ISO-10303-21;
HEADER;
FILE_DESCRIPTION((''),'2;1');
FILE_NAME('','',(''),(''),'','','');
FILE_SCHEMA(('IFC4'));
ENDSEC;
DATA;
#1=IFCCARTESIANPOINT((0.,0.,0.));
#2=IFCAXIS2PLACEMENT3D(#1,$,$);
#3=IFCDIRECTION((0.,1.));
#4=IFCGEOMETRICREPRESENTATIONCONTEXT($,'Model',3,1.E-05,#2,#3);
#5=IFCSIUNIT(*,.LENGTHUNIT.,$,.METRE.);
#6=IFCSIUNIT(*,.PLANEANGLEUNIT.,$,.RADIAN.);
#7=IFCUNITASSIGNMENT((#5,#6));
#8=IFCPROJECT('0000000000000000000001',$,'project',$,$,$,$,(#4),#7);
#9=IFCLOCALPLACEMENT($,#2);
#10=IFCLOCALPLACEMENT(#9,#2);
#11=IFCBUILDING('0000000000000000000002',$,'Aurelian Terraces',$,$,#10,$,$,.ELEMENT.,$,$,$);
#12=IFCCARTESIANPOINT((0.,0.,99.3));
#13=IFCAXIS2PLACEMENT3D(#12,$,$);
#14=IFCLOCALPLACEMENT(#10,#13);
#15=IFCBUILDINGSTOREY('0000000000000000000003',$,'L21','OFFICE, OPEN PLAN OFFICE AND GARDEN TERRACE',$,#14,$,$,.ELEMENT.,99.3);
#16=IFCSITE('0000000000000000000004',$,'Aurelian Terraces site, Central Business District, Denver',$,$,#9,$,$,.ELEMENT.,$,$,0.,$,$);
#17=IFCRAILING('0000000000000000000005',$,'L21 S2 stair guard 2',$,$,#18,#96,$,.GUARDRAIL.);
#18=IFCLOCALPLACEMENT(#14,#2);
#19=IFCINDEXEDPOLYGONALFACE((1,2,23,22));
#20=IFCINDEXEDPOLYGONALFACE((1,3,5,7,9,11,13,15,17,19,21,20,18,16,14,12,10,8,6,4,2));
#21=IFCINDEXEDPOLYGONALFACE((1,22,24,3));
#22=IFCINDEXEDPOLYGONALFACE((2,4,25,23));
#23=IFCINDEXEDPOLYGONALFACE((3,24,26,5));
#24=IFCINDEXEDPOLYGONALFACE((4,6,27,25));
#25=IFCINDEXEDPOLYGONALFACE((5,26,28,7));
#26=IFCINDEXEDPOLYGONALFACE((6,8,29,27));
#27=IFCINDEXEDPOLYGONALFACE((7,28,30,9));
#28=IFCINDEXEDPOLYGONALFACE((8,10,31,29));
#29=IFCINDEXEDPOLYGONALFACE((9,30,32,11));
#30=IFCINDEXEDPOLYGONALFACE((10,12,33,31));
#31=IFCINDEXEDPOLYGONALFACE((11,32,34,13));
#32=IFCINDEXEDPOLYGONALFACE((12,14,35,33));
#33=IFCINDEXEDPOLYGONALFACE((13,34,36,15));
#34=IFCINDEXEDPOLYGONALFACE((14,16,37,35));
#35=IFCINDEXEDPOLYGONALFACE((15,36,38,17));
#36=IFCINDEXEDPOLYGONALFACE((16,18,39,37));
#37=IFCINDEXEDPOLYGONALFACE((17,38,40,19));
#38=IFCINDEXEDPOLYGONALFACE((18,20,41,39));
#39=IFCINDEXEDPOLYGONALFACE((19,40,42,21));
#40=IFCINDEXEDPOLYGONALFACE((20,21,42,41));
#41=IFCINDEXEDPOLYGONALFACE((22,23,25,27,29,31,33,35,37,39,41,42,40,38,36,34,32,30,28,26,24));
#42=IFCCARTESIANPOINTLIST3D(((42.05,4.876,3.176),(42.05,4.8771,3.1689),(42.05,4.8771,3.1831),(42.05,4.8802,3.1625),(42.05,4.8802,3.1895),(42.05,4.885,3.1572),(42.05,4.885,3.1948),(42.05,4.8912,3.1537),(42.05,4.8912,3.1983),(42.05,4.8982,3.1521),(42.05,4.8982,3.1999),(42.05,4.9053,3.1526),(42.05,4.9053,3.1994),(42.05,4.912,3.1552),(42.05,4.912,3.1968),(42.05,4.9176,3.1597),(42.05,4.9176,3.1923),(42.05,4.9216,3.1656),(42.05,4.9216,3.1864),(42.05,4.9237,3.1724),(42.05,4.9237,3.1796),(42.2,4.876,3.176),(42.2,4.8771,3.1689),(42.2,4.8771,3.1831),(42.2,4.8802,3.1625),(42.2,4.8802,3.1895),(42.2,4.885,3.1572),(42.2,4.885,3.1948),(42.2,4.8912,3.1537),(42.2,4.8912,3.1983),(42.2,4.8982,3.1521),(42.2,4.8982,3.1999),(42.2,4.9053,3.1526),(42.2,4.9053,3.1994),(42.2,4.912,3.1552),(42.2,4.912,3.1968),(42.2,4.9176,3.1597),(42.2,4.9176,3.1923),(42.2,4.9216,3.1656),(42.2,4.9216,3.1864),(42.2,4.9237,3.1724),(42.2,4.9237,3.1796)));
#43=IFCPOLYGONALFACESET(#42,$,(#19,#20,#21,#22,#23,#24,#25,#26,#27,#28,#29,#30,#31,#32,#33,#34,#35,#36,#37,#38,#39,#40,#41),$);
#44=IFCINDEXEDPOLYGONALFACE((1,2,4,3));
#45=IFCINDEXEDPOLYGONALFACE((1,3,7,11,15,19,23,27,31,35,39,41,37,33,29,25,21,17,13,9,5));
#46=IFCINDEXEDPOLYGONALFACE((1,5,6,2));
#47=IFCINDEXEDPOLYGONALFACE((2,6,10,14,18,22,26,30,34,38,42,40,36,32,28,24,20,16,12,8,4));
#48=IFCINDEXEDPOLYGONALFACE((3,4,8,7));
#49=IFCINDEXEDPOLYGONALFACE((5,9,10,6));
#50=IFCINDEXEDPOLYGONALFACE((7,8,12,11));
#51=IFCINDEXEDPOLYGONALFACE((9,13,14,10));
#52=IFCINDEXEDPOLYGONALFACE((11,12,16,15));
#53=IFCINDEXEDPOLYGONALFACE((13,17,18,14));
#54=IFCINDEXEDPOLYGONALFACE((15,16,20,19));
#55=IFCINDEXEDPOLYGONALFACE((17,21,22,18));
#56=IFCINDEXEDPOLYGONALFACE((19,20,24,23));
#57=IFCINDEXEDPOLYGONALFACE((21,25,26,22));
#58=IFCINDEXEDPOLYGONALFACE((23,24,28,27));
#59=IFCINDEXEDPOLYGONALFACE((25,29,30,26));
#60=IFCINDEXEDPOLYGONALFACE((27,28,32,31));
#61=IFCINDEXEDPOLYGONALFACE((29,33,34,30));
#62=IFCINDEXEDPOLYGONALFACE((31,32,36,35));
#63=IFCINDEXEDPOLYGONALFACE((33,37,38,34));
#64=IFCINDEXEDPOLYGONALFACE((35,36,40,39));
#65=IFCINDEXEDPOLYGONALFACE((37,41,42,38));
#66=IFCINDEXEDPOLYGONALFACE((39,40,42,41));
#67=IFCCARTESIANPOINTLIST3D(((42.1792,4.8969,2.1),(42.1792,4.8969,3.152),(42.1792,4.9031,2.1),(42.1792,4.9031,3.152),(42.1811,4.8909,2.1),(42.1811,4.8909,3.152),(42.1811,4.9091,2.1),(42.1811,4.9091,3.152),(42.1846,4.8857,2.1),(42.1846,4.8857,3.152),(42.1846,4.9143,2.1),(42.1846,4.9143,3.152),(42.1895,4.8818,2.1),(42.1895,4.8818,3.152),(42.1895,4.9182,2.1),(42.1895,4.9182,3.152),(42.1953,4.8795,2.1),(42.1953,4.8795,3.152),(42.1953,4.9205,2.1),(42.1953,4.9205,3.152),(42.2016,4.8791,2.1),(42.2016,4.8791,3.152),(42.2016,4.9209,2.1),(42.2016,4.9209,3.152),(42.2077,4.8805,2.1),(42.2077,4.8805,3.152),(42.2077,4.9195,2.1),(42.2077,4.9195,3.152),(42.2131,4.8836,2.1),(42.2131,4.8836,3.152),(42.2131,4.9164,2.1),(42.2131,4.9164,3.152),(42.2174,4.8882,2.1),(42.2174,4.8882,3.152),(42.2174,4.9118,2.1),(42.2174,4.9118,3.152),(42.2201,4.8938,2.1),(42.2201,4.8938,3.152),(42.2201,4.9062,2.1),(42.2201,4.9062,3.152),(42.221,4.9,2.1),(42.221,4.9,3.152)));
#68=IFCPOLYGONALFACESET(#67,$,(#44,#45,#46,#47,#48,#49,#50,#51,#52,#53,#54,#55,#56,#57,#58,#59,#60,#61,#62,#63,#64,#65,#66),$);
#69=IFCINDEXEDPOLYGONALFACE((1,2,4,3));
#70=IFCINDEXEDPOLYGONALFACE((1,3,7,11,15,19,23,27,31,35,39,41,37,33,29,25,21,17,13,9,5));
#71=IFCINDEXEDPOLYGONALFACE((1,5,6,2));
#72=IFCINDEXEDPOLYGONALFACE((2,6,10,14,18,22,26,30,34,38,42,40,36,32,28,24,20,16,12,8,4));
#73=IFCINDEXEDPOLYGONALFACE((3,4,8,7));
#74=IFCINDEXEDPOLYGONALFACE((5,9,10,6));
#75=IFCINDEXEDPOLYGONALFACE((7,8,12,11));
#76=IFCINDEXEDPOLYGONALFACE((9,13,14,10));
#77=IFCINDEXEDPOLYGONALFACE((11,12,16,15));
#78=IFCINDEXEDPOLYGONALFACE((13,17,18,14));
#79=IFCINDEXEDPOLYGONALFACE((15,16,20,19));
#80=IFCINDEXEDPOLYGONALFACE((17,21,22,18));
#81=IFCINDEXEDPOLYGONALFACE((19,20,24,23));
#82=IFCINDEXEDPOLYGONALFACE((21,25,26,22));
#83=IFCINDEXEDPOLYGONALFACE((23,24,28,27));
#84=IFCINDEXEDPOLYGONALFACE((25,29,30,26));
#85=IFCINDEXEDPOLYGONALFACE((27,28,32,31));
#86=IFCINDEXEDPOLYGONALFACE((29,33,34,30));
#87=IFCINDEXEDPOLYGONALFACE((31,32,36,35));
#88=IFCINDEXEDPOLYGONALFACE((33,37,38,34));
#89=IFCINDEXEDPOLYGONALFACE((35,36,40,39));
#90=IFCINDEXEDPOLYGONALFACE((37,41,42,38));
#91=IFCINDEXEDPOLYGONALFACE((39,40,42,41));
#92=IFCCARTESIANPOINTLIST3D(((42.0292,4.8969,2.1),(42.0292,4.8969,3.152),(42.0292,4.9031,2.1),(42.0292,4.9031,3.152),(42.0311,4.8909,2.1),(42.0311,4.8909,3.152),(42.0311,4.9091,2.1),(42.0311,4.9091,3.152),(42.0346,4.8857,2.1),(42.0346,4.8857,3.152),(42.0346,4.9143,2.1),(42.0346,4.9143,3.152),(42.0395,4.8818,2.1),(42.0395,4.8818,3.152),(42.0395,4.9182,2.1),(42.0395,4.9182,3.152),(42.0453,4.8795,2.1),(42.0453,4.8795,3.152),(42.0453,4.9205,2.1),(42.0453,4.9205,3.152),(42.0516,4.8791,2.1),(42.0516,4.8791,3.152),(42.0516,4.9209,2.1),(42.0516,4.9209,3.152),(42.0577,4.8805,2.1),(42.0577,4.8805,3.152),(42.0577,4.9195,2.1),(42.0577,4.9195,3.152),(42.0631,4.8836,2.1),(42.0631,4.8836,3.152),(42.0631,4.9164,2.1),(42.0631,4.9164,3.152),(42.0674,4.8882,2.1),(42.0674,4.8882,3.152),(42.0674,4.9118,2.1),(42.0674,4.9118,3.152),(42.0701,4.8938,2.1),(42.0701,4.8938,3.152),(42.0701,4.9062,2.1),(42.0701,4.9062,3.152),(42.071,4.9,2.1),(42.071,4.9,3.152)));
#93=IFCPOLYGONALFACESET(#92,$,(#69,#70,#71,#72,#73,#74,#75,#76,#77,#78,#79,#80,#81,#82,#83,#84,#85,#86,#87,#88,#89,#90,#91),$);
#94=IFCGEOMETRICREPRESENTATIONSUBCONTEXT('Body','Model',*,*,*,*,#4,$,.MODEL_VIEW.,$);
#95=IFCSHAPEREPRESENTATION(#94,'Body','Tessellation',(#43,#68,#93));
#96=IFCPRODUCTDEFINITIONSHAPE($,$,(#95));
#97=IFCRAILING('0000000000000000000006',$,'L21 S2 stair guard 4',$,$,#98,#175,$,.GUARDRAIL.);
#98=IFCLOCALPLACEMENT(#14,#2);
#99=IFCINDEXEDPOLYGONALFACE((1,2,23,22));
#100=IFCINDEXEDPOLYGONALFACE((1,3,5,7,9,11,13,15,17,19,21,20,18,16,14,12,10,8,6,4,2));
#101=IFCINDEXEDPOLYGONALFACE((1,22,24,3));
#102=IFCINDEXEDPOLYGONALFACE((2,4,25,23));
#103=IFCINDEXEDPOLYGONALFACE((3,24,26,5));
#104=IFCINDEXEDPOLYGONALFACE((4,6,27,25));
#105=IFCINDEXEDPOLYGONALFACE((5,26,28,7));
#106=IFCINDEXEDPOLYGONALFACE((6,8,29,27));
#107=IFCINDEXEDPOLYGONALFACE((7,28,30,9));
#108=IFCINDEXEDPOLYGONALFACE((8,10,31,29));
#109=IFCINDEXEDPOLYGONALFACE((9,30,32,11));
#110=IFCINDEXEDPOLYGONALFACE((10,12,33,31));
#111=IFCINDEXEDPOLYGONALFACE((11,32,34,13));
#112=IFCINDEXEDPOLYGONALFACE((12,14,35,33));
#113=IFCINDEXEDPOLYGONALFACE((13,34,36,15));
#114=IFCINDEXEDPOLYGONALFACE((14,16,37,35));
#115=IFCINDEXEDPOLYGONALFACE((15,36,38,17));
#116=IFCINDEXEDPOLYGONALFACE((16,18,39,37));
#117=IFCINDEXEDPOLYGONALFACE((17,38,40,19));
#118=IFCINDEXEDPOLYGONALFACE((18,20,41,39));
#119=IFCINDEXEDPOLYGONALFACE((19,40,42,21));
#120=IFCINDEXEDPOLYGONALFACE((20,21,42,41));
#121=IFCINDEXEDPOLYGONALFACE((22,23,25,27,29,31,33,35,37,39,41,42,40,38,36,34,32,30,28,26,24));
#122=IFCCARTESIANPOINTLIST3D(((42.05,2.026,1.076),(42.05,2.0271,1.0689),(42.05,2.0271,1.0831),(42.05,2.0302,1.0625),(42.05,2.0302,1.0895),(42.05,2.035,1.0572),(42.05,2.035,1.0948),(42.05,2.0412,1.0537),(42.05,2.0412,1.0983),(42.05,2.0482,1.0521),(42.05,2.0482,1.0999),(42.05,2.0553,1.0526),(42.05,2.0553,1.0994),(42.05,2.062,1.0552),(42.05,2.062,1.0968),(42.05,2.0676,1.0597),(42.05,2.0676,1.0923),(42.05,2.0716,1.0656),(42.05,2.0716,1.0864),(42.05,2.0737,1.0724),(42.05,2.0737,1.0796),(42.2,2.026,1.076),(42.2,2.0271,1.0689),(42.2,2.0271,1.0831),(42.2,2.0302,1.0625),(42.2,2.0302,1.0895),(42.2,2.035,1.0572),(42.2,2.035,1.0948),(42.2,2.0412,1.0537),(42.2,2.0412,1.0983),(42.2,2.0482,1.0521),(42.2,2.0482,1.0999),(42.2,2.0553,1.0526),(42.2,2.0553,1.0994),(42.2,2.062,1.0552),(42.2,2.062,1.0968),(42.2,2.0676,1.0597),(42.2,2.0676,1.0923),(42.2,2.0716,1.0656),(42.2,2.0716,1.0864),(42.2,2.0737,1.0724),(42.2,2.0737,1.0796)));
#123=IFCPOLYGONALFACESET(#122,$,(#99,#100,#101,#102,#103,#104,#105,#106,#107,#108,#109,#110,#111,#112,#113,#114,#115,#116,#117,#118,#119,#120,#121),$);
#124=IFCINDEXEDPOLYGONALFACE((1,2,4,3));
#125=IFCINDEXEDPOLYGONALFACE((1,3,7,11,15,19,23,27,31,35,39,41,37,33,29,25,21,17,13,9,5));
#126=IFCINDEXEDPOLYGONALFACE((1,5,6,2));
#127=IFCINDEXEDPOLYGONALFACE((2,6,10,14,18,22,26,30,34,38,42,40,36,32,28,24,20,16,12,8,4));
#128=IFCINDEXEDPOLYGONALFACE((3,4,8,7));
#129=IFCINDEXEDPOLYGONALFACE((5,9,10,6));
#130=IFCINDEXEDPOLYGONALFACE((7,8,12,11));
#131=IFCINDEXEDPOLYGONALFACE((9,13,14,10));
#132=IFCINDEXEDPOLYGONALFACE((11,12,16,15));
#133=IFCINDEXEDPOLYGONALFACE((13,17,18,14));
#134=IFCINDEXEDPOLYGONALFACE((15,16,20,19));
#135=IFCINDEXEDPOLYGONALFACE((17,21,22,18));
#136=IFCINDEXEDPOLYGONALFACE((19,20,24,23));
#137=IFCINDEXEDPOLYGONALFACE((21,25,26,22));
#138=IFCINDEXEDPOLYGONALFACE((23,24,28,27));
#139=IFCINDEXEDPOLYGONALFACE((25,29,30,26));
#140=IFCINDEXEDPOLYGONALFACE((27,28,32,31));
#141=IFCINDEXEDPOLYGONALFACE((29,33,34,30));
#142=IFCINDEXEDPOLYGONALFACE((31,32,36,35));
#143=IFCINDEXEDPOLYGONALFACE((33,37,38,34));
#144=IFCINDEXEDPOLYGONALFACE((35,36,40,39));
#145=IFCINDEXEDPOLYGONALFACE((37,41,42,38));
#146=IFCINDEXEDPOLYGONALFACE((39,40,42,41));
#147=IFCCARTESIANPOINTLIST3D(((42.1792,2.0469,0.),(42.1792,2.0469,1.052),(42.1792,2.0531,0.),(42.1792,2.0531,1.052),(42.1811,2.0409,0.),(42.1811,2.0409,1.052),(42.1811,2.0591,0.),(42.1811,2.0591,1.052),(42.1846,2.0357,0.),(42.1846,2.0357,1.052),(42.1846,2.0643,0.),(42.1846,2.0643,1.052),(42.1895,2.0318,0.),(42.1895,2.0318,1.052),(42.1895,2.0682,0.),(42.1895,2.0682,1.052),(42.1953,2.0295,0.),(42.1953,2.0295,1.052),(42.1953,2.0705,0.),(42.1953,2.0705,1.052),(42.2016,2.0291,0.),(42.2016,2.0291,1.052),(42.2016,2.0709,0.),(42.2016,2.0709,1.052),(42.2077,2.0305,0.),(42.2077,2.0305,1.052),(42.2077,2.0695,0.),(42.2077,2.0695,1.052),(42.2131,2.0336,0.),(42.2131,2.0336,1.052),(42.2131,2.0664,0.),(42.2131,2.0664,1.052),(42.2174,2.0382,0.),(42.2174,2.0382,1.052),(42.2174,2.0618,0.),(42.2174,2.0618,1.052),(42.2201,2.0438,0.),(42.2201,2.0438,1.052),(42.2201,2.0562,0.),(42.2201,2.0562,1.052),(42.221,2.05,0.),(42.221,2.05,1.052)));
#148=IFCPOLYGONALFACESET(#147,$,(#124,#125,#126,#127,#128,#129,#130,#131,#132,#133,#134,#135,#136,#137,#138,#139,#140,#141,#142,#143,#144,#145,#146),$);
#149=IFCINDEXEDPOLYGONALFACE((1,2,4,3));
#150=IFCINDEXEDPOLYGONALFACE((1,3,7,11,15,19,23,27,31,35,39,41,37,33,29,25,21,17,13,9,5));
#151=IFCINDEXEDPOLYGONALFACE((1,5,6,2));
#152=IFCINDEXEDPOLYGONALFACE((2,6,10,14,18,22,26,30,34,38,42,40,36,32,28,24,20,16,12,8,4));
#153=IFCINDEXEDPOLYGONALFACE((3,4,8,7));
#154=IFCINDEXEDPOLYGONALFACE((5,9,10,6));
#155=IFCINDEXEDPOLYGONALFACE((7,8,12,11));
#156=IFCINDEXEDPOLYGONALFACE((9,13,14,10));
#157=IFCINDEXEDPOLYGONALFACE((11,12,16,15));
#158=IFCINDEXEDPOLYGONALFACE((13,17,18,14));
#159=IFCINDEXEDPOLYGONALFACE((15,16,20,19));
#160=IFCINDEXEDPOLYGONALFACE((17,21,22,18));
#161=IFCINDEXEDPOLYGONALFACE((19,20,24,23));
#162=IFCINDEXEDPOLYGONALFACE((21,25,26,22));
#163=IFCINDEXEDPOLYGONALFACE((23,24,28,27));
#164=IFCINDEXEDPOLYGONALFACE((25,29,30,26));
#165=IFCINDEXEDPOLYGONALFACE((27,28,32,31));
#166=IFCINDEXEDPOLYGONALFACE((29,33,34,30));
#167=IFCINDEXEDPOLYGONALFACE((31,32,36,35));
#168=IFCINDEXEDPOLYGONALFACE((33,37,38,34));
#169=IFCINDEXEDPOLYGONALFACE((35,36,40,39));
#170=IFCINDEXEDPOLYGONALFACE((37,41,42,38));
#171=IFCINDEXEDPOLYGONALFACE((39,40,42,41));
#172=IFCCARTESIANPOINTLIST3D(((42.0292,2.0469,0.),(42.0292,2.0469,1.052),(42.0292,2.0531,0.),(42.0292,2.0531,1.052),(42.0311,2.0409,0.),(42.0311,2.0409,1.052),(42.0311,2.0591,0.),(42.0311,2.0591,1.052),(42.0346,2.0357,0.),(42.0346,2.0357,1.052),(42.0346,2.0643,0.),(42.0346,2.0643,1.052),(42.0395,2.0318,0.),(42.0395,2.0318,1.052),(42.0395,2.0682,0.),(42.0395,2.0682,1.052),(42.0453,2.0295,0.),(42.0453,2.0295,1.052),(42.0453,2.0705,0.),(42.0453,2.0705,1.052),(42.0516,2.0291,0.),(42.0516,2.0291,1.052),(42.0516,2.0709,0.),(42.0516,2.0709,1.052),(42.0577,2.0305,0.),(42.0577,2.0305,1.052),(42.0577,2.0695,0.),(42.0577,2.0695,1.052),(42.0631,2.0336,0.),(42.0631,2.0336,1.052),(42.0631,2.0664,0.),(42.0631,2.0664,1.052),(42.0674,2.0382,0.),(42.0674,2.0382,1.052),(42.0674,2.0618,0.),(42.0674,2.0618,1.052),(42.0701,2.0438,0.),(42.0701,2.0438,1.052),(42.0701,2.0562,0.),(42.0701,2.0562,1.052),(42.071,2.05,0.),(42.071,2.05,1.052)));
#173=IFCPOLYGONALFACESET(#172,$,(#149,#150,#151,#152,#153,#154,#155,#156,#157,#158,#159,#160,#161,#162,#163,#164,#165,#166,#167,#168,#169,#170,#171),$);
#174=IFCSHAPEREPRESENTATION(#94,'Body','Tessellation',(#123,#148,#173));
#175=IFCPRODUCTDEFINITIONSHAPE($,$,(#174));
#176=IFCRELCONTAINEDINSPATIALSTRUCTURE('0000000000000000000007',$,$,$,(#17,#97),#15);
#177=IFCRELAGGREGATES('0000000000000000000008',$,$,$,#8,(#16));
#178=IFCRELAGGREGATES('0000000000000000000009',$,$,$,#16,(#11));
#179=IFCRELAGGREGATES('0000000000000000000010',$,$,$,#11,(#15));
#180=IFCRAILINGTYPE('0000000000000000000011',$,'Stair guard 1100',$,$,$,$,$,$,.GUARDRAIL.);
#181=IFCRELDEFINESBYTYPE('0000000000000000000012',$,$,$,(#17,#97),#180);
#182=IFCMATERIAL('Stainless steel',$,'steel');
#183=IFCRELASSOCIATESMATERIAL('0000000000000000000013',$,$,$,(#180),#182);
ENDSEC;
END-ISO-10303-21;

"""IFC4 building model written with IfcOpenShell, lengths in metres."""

from ifc_helpers import new_model, si_unit, direction, frame, origin, origin_2d, place, context, subcontext, project, spatial, circle, extrude, source, transform, mapped, material, type_object, element, save


model = new_model("IFC4")

# Units and contexts
model_context = context("Model", 3, precision=1e-05, world=origin(), true_north=direction((0.0, 1.0)))
body_context = subcontext(model_context, "Body", "Model", "MODEL_VIEW")
ifc_project = project(units=[si_unit("LENGTHUNIT", "METRE"), si_unit("PLANEANGLEUNIT", "RADIAN")], contexts=[model_context])

# Site, building, storey
site_placement = place(None, origin())
site = spatial("IfcSite", under=ifc_project, at=site_placement, Name="Aurelian Terraces site, Central Business District, Denver", CompositionType="ELEMENT", RefElevation=0.0)
building_placement = place(site_placement, origin())
building = spatial("IfcBuilding", under=site, at=building_placement, Name="Aurelian Terraces", CompositionType="ELEMENT")
storey_placement = place(building_placement, frame((0.0, 0.0, 99.3)))
storey = spatial("IfcBuildingStorey", under=building, at=storey_placement, Name="L21", Description="OFFICE, OPEN PLAN OFFICE AND GARDEN TERRACE", CompositionType="ELEMENT", Elevation=99.3)

# Railings
ifc_material_1 = material(Name="Stainless steel", Category="steel")
railing_type_1 = type_object("IfcRailingType", Name="Stair guard 1100", PredefinedType="GUARDRAIL", material=ifc_material_1)
shared_shape_1 = source(origin(), body_context, "Body", "SweptSolid", [
    extrude(circle(Radius=0.024, at=origin_2d()), frame((0.0, 0.0, 1.076), z_axis=(-1.0, 0.0, 0.0), x_axis=(0.0, -1.0, 0.0)), (0.0, 0.0, 1.0), 0.15),
    extrude(circle(Radius=0.021, at=origin_2d()), origin(), (0.0, 0.0, 1.0), 1.052),
    extrude(circle(Radius=0.021, at=origin_2d()), frame((-0.15, 0.0, 0.0)), (0.0, 0.0, 1.0), 1.052),
])
for number, where, name in (
    (1, (42.2, 4.9, 2.1), "L21 S2 stair guard 2"),
    (2, (42.2, 2.05, 0.0), "L21 S2 stair guard 4"),
):
    element("IfcRailing", number, at=place(storey_placement, frame(where)), inside=storey, type_object=railing_type_1, Name=name, PredefinedType="GUARDRAIL", context=body_context, shape_type="MappedRepresentation", body=[
        mapped(shared_shape_1, transform((0.0, 0.0, 0.0), scale=1.0)),
    ])

save(model, "model.ifc")
